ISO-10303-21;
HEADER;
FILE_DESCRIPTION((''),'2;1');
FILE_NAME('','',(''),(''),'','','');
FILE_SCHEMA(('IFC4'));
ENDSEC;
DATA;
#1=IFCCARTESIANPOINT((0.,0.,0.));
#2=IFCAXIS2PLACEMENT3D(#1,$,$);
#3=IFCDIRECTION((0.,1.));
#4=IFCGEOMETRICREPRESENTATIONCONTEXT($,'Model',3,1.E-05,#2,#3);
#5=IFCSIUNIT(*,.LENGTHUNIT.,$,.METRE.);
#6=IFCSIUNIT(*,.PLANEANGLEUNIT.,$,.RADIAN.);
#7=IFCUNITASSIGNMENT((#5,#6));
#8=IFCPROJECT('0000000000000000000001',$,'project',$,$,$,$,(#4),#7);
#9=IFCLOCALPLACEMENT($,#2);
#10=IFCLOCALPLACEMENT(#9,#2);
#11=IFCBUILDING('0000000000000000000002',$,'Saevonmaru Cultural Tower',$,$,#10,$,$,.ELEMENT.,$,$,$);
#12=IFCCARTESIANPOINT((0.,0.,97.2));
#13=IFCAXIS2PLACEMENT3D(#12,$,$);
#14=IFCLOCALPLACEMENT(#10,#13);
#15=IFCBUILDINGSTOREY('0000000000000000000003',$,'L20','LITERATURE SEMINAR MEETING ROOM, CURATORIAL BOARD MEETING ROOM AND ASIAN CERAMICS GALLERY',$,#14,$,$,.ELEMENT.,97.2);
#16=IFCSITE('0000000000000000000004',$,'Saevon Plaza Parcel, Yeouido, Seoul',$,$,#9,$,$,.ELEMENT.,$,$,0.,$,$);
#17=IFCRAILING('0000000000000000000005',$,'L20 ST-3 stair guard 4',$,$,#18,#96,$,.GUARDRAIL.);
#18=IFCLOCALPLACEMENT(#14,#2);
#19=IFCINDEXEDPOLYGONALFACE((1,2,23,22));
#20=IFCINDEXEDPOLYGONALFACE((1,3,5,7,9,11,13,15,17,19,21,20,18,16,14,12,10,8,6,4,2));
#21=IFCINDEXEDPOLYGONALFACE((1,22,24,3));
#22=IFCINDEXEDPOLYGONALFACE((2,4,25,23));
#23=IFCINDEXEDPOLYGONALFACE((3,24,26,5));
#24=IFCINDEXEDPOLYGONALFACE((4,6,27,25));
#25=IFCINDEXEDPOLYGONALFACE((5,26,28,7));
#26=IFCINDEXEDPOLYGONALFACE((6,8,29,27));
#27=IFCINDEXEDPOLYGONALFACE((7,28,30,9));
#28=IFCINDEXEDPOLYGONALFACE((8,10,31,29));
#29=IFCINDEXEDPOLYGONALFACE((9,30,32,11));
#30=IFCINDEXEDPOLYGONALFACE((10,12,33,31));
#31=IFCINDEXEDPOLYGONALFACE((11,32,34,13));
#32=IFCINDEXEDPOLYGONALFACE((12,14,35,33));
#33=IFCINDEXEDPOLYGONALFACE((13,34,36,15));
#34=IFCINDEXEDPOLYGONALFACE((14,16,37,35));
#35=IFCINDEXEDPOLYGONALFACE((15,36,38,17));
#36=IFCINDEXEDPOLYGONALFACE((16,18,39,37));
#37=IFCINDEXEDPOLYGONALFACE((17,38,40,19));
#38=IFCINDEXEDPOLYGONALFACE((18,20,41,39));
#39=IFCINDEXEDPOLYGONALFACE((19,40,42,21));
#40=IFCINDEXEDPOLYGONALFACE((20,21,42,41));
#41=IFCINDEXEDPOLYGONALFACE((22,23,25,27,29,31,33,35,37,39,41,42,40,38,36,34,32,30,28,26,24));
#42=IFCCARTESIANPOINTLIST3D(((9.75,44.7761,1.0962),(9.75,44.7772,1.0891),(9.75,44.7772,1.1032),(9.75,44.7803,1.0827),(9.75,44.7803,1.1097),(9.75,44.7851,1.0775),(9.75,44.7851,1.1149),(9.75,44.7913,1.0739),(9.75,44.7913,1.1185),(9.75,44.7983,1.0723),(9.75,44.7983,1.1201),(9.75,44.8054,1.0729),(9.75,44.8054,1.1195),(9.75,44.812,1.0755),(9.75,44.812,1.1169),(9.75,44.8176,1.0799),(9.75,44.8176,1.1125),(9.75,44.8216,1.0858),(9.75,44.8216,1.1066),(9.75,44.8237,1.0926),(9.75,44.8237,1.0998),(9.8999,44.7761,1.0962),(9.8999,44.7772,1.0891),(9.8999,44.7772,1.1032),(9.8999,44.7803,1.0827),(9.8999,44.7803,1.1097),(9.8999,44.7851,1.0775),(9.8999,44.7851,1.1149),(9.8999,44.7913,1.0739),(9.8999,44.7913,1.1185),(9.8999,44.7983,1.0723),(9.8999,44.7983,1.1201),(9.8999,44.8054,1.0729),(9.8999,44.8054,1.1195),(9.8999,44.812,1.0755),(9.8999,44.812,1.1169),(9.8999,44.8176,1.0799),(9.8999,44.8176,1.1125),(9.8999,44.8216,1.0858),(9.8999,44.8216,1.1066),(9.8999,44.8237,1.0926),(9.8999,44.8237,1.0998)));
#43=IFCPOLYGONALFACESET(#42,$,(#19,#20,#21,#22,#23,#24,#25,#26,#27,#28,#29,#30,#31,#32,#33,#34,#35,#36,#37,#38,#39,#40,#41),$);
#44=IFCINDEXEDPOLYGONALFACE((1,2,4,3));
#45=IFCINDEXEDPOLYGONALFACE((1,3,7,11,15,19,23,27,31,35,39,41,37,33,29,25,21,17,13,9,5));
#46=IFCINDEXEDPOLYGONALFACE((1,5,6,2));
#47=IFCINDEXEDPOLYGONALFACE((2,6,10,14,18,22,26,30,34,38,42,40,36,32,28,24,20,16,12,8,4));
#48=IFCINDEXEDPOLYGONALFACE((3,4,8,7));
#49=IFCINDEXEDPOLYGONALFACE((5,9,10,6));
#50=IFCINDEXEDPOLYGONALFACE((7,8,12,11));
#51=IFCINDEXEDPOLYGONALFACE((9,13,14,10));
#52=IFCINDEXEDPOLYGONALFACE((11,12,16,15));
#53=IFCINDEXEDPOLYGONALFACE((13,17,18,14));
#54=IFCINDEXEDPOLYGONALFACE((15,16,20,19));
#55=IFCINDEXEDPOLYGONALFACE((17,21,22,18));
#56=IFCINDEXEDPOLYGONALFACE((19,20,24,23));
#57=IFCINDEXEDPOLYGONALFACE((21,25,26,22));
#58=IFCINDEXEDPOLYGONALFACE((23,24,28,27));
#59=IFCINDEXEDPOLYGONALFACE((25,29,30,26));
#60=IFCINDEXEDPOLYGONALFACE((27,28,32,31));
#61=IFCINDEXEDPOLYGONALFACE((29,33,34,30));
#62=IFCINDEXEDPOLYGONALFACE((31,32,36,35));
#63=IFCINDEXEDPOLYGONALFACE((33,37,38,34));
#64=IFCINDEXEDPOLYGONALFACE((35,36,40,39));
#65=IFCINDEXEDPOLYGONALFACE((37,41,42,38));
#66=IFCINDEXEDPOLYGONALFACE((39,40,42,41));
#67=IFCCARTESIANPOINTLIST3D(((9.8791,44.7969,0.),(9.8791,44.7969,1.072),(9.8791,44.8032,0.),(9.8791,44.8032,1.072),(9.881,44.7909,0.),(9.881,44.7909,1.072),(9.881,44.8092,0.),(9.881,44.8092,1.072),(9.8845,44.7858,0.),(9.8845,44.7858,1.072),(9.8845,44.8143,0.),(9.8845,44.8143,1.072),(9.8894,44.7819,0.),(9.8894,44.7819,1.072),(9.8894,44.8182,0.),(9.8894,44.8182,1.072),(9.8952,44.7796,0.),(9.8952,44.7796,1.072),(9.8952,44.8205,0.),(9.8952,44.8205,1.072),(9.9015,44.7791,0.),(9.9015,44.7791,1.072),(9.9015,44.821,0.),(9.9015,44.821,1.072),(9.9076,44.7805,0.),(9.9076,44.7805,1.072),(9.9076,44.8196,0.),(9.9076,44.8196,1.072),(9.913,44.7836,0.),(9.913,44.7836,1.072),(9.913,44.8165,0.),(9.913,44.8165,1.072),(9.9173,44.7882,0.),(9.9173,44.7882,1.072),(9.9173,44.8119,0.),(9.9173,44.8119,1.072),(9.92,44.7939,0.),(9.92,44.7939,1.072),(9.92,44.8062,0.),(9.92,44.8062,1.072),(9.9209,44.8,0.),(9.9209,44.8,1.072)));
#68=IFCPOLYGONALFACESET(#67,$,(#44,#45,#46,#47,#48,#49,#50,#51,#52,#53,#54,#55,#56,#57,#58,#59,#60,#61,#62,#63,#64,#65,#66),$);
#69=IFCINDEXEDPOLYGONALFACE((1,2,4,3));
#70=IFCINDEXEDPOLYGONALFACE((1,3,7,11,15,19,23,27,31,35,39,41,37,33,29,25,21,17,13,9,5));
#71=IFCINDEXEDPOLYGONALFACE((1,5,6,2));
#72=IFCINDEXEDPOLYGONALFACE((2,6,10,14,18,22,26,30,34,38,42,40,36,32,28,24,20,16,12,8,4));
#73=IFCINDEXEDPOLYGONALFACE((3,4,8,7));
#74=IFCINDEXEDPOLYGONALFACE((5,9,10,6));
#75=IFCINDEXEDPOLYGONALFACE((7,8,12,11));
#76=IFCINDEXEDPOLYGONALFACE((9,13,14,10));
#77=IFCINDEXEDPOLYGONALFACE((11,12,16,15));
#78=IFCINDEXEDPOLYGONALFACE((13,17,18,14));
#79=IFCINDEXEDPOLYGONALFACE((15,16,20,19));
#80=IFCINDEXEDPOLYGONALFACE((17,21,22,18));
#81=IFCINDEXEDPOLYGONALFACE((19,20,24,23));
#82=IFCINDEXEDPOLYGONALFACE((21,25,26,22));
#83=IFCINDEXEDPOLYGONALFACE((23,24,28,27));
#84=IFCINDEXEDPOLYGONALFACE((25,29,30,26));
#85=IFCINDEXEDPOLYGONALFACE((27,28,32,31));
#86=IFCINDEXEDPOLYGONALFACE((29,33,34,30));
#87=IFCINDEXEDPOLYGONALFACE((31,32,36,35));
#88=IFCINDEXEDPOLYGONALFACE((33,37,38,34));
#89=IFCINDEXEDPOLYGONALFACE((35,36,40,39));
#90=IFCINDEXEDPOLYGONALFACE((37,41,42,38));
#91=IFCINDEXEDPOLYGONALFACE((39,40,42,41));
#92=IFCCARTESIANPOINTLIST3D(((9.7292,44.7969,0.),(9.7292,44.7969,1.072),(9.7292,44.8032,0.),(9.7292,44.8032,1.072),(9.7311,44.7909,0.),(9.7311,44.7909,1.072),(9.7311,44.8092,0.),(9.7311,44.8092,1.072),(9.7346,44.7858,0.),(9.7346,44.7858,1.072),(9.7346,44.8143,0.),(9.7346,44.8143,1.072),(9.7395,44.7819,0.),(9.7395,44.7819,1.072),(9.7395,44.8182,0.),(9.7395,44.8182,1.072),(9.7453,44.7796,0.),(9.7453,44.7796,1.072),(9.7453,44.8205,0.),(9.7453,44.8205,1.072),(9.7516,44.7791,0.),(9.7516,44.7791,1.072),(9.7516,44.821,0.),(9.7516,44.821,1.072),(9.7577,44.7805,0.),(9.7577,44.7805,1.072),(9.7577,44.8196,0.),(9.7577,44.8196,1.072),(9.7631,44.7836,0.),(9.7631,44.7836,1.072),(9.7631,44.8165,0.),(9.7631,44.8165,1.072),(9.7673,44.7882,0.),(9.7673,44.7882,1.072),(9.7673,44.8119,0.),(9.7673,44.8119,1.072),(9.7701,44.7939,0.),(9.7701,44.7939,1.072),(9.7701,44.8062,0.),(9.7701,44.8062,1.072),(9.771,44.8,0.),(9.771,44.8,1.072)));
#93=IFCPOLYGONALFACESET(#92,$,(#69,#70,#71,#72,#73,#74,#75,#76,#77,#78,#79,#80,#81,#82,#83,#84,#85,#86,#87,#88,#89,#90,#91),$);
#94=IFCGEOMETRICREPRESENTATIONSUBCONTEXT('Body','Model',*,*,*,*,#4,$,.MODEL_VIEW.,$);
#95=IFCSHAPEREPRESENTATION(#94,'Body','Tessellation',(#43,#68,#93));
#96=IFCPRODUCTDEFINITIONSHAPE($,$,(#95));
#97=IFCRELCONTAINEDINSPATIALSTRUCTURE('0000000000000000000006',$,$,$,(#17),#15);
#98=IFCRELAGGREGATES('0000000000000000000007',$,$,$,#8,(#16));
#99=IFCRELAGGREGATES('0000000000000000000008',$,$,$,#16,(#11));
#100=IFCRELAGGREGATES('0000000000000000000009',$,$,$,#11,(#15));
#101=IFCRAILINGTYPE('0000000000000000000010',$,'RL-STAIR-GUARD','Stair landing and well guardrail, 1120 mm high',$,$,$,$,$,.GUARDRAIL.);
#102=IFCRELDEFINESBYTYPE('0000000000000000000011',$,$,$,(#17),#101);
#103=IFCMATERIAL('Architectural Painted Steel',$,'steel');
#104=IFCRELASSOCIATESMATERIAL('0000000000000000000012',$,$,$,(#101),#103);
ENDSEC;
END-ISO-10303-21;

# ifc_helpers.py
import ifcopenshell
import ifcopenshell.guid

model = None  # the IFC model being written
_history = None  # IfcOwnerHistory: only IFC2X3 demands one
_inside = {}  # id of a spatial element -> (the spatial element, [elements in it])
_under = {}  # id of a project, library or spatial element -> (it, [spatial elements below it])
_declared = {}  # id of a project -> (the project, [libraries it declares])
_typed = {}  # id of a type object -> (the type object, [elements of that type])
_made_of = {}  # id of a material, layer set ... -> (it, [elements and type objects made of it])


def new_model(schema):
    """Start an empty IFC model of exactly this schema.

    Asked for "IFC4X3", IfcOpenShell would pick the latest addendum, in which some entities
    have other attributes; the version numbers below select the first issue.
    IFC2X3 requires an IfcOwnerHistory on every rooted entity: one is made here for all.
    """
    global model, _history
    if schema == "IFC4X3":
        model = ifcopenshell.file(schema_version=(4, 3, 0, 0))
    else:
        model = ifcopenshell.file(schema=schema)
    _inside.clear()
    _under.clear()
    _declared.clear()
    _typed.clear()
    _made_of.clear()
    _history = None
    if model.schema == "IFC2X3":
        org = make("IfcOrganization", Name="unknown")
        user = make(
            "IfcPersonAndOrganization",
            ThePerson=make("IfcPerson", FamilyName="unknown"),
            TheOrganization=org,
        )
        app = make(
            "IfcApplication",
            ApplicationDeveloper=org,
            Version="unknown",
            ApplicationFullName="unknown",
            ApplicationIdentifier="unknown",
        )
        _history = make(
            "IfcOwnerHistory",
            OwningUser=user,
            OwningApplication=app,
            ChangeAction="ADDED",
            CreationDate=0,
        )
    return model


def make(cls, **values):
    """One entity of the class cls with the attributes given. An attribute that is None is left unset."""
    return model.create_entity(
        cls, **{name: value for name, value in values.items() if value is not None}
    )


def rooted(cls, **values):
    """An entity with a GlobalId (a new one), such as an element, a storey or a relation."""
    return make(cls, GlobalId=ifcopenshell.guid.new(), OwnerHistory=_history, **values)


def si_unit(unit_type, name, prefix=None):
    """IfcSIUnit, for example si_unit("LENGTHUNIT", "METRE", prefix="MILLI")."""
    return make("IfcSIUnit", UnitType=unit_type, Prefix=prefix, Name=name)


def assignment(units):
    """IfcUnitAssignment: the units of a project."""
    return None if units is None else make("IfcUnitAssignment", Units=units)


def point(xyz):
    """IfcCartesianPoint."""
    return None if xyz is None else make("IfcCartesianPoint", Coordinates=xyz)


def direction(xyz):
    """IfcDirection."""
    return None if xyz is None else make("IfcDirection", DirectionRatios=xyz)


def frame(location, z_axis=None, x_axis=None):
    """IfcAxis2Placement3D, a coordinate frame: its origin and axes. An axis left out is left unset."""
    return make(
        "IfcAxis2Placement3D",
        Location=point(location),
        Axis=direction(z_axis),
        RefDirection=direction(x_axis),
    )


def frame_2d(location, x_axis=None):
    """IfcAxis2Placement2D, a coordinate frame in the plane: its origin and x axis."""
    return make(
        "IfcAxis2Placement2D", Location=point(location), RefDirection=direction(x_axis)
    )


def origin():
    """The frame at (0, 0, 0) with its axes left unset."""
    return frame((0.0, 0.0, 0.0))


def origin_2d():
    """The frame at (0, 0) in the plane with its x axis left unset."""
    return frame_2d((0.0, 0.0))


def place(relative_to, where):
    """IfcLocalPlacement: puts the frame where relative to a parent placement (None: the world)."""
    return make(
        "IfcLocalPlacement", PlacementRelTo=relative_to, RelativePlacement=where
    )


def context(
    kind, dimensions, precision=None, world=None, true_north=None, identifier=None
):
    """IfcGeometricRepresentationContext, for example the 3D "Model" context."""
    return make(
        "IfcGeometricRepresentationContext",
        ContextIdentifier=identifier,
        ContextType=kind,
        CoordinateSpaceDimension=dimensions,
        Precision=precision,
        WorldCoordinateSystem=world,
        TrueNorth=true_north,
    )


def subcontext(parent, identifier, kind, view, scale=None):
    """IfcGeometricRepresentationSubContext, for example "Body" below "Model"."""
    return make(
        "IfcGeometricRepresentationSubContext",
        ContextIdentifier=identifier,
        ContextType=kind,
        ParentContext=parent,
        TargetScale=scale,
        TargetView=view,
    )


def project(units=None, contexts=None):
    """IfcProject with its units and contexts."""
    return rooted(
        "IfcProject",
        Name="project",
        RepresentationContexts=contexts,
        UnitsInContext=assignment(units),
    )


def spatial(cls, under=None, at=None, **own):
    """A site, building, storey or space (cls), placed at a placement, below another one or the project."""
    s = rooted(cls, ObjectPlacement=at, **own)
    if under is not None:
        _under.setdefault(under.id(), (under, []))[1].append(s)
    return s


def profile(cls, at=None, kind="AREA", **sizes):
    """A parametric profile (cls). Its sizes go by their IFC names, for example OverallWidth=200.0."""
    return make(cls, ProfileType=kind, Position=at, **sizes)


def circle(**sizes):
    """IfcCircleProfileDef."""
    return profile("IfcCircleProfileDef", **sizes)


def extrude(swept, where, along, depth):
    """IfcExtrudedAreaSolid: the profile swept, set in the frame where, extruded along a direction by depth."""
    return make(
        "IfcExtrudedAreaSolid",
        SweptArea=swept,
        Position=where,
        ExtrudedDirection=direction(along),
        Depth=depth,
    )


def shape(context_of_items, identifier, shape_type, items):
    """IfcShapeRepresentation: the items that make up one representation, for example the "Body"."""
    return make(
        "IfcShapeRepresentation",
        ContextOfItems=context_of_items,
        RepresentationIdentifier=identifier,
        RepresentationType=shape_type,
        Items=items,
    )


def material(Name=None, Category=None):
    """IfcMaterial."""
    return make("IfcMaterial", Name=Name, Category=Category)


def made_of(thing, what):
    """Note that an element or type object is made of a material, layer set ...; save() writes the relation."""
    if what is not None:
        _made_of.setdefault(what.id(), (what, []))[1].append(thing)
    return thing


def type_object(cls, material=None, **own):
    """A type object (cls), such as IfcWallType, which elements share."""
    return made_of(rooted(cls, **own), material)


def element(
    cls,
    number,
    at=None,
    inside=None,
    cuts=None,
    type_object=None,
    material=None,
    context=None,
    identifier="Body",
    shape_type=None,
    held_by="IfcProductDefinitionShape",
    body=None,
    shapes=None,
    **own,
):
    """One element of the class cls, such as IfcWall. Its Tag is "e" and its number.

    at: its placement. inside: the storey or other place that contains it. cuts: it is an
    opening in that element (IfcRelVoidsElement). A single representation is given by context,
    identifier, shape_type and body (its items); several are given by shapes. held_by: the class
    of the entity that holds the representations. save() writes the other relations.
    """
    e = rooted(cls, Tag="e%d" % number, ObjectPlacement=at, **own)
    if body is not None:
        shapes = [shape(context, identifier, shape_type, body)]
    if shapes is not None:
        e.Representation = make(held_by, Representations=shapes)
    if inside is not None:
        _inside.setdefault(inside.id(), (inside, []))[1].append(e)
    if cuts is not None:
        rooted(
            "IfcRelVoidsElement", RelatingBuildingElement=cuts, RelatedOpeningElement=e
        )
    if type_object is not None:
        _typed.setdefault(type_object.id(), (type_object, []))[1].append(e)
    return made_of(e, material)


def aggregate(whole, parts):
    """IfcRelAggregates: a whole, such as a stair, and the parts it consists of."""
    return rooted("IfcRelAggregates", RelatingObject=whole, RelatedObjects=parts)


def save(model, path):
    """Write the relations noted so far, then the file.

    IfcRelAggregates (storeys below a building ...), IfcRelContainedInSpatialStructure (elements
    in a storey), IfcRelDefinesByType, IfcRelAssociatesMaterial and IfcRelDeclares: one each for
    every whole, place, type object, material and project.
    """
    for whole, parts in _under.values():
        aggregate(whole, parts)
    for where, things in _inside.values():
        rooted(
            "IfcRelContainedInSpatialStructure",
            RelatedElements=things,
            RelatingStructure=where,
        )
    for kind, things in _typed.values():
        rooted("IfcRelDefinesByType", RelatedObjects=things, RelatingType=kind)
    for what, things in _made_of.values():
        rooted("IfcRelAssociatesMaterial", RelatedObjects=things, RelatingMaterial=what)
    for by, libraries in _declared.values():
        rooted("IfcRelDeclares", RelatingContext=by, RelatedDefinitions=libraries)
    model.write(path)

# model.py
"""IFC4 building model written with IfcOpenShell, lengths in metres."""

from ifc_helpers import new_model, si_unit, direction, frame, origin, origin_2d, place, context, subcontext, project, spatial, circle, extrude, material, type_object, element, save


model = new_model("IFC4")

# Units and contexts
model_context = context("Model", 3, precision=1e-05, world=origin(), true_north=direction((0.0, 1.0)))
body_context = subcontext(model_context, "Body", "Model", "MODEL_VIEW")
ifc_project = project(units=[si_unit("LENGTHUNIT", "METRE"), si_unit("PLANEANGLEUNIT", "RADIAN")], contexts=[model_context])

# Site, building, storey
site_placement = place(None, origin())
site = spatial("IfcSite", under=ifc_project, at=site_placement, Name="Saevon Plaza Parcel, Yeouido, Seoul", CompositionType="ELEMENT", RefElevation=0.0)
building_placement = place(site_placement, origin())
building = spatial("IfcBuilding", under=site, at=building_placement, Name="Saevonmaru Cultural Tower", CompositionType="ELEMENT")
storey_placement = place(building_placement, frame((0.0, 0.0, 97.2)))
storey = spatial("IfcBuildingStorey", under=building, at=storey_placement, Name="L20", Description="LITERATURE SEMINAR MEETING ROOM, CURATORIAL BOARD MEETING ROOM AND ASIAN CERAMICS GALLERY", CompositionType="ELEMENT", Elevation=97.2)

# Railing
ifc_material_1 = material(Name="Architectural Painted Steel", Category="steel")
railing_type_1 = type_object("IfcRailingType", Name="RL-STAIR-GUARD", Description="Stair landing and well guardrail, 1120 mm high", PredefinedType="GUARDRAIL", material=ifc_material_1)
railing_1_placement = place(storey_placement, frame((9.8999, 44.8, 0.0)))
element("IfcRailing", 1, at=railing_1_placement, inside=storey, type_object=railing_type_1, Name="L20 ST-3 stair guard 4", PredefinedType="GUARDRAIL", context=body_context, shape_type="SweptSolid", body=[
    extrude(circle(Radius=0.0239, at=origin_2d()), frame((0.0, 0.0, 1.0962), z_axis=(-1.0, 0.0, 0.0), x_axis=(0.0, -1.0, 0.0)), (0.0, 0.0, 1.0), 0.1499),
    extrude(circle(Radius=0.021, at=origin_2d()), origin(), (0.0, 0.0, 1.0), 1.072),
    extrude(circle(Radius=0.021, at=origin_2d()), frame((-0.1499, 0.0, 0.0)), (0.0, 0.0, 1.0), 1.072),
])

save(model, "model.ifc")
